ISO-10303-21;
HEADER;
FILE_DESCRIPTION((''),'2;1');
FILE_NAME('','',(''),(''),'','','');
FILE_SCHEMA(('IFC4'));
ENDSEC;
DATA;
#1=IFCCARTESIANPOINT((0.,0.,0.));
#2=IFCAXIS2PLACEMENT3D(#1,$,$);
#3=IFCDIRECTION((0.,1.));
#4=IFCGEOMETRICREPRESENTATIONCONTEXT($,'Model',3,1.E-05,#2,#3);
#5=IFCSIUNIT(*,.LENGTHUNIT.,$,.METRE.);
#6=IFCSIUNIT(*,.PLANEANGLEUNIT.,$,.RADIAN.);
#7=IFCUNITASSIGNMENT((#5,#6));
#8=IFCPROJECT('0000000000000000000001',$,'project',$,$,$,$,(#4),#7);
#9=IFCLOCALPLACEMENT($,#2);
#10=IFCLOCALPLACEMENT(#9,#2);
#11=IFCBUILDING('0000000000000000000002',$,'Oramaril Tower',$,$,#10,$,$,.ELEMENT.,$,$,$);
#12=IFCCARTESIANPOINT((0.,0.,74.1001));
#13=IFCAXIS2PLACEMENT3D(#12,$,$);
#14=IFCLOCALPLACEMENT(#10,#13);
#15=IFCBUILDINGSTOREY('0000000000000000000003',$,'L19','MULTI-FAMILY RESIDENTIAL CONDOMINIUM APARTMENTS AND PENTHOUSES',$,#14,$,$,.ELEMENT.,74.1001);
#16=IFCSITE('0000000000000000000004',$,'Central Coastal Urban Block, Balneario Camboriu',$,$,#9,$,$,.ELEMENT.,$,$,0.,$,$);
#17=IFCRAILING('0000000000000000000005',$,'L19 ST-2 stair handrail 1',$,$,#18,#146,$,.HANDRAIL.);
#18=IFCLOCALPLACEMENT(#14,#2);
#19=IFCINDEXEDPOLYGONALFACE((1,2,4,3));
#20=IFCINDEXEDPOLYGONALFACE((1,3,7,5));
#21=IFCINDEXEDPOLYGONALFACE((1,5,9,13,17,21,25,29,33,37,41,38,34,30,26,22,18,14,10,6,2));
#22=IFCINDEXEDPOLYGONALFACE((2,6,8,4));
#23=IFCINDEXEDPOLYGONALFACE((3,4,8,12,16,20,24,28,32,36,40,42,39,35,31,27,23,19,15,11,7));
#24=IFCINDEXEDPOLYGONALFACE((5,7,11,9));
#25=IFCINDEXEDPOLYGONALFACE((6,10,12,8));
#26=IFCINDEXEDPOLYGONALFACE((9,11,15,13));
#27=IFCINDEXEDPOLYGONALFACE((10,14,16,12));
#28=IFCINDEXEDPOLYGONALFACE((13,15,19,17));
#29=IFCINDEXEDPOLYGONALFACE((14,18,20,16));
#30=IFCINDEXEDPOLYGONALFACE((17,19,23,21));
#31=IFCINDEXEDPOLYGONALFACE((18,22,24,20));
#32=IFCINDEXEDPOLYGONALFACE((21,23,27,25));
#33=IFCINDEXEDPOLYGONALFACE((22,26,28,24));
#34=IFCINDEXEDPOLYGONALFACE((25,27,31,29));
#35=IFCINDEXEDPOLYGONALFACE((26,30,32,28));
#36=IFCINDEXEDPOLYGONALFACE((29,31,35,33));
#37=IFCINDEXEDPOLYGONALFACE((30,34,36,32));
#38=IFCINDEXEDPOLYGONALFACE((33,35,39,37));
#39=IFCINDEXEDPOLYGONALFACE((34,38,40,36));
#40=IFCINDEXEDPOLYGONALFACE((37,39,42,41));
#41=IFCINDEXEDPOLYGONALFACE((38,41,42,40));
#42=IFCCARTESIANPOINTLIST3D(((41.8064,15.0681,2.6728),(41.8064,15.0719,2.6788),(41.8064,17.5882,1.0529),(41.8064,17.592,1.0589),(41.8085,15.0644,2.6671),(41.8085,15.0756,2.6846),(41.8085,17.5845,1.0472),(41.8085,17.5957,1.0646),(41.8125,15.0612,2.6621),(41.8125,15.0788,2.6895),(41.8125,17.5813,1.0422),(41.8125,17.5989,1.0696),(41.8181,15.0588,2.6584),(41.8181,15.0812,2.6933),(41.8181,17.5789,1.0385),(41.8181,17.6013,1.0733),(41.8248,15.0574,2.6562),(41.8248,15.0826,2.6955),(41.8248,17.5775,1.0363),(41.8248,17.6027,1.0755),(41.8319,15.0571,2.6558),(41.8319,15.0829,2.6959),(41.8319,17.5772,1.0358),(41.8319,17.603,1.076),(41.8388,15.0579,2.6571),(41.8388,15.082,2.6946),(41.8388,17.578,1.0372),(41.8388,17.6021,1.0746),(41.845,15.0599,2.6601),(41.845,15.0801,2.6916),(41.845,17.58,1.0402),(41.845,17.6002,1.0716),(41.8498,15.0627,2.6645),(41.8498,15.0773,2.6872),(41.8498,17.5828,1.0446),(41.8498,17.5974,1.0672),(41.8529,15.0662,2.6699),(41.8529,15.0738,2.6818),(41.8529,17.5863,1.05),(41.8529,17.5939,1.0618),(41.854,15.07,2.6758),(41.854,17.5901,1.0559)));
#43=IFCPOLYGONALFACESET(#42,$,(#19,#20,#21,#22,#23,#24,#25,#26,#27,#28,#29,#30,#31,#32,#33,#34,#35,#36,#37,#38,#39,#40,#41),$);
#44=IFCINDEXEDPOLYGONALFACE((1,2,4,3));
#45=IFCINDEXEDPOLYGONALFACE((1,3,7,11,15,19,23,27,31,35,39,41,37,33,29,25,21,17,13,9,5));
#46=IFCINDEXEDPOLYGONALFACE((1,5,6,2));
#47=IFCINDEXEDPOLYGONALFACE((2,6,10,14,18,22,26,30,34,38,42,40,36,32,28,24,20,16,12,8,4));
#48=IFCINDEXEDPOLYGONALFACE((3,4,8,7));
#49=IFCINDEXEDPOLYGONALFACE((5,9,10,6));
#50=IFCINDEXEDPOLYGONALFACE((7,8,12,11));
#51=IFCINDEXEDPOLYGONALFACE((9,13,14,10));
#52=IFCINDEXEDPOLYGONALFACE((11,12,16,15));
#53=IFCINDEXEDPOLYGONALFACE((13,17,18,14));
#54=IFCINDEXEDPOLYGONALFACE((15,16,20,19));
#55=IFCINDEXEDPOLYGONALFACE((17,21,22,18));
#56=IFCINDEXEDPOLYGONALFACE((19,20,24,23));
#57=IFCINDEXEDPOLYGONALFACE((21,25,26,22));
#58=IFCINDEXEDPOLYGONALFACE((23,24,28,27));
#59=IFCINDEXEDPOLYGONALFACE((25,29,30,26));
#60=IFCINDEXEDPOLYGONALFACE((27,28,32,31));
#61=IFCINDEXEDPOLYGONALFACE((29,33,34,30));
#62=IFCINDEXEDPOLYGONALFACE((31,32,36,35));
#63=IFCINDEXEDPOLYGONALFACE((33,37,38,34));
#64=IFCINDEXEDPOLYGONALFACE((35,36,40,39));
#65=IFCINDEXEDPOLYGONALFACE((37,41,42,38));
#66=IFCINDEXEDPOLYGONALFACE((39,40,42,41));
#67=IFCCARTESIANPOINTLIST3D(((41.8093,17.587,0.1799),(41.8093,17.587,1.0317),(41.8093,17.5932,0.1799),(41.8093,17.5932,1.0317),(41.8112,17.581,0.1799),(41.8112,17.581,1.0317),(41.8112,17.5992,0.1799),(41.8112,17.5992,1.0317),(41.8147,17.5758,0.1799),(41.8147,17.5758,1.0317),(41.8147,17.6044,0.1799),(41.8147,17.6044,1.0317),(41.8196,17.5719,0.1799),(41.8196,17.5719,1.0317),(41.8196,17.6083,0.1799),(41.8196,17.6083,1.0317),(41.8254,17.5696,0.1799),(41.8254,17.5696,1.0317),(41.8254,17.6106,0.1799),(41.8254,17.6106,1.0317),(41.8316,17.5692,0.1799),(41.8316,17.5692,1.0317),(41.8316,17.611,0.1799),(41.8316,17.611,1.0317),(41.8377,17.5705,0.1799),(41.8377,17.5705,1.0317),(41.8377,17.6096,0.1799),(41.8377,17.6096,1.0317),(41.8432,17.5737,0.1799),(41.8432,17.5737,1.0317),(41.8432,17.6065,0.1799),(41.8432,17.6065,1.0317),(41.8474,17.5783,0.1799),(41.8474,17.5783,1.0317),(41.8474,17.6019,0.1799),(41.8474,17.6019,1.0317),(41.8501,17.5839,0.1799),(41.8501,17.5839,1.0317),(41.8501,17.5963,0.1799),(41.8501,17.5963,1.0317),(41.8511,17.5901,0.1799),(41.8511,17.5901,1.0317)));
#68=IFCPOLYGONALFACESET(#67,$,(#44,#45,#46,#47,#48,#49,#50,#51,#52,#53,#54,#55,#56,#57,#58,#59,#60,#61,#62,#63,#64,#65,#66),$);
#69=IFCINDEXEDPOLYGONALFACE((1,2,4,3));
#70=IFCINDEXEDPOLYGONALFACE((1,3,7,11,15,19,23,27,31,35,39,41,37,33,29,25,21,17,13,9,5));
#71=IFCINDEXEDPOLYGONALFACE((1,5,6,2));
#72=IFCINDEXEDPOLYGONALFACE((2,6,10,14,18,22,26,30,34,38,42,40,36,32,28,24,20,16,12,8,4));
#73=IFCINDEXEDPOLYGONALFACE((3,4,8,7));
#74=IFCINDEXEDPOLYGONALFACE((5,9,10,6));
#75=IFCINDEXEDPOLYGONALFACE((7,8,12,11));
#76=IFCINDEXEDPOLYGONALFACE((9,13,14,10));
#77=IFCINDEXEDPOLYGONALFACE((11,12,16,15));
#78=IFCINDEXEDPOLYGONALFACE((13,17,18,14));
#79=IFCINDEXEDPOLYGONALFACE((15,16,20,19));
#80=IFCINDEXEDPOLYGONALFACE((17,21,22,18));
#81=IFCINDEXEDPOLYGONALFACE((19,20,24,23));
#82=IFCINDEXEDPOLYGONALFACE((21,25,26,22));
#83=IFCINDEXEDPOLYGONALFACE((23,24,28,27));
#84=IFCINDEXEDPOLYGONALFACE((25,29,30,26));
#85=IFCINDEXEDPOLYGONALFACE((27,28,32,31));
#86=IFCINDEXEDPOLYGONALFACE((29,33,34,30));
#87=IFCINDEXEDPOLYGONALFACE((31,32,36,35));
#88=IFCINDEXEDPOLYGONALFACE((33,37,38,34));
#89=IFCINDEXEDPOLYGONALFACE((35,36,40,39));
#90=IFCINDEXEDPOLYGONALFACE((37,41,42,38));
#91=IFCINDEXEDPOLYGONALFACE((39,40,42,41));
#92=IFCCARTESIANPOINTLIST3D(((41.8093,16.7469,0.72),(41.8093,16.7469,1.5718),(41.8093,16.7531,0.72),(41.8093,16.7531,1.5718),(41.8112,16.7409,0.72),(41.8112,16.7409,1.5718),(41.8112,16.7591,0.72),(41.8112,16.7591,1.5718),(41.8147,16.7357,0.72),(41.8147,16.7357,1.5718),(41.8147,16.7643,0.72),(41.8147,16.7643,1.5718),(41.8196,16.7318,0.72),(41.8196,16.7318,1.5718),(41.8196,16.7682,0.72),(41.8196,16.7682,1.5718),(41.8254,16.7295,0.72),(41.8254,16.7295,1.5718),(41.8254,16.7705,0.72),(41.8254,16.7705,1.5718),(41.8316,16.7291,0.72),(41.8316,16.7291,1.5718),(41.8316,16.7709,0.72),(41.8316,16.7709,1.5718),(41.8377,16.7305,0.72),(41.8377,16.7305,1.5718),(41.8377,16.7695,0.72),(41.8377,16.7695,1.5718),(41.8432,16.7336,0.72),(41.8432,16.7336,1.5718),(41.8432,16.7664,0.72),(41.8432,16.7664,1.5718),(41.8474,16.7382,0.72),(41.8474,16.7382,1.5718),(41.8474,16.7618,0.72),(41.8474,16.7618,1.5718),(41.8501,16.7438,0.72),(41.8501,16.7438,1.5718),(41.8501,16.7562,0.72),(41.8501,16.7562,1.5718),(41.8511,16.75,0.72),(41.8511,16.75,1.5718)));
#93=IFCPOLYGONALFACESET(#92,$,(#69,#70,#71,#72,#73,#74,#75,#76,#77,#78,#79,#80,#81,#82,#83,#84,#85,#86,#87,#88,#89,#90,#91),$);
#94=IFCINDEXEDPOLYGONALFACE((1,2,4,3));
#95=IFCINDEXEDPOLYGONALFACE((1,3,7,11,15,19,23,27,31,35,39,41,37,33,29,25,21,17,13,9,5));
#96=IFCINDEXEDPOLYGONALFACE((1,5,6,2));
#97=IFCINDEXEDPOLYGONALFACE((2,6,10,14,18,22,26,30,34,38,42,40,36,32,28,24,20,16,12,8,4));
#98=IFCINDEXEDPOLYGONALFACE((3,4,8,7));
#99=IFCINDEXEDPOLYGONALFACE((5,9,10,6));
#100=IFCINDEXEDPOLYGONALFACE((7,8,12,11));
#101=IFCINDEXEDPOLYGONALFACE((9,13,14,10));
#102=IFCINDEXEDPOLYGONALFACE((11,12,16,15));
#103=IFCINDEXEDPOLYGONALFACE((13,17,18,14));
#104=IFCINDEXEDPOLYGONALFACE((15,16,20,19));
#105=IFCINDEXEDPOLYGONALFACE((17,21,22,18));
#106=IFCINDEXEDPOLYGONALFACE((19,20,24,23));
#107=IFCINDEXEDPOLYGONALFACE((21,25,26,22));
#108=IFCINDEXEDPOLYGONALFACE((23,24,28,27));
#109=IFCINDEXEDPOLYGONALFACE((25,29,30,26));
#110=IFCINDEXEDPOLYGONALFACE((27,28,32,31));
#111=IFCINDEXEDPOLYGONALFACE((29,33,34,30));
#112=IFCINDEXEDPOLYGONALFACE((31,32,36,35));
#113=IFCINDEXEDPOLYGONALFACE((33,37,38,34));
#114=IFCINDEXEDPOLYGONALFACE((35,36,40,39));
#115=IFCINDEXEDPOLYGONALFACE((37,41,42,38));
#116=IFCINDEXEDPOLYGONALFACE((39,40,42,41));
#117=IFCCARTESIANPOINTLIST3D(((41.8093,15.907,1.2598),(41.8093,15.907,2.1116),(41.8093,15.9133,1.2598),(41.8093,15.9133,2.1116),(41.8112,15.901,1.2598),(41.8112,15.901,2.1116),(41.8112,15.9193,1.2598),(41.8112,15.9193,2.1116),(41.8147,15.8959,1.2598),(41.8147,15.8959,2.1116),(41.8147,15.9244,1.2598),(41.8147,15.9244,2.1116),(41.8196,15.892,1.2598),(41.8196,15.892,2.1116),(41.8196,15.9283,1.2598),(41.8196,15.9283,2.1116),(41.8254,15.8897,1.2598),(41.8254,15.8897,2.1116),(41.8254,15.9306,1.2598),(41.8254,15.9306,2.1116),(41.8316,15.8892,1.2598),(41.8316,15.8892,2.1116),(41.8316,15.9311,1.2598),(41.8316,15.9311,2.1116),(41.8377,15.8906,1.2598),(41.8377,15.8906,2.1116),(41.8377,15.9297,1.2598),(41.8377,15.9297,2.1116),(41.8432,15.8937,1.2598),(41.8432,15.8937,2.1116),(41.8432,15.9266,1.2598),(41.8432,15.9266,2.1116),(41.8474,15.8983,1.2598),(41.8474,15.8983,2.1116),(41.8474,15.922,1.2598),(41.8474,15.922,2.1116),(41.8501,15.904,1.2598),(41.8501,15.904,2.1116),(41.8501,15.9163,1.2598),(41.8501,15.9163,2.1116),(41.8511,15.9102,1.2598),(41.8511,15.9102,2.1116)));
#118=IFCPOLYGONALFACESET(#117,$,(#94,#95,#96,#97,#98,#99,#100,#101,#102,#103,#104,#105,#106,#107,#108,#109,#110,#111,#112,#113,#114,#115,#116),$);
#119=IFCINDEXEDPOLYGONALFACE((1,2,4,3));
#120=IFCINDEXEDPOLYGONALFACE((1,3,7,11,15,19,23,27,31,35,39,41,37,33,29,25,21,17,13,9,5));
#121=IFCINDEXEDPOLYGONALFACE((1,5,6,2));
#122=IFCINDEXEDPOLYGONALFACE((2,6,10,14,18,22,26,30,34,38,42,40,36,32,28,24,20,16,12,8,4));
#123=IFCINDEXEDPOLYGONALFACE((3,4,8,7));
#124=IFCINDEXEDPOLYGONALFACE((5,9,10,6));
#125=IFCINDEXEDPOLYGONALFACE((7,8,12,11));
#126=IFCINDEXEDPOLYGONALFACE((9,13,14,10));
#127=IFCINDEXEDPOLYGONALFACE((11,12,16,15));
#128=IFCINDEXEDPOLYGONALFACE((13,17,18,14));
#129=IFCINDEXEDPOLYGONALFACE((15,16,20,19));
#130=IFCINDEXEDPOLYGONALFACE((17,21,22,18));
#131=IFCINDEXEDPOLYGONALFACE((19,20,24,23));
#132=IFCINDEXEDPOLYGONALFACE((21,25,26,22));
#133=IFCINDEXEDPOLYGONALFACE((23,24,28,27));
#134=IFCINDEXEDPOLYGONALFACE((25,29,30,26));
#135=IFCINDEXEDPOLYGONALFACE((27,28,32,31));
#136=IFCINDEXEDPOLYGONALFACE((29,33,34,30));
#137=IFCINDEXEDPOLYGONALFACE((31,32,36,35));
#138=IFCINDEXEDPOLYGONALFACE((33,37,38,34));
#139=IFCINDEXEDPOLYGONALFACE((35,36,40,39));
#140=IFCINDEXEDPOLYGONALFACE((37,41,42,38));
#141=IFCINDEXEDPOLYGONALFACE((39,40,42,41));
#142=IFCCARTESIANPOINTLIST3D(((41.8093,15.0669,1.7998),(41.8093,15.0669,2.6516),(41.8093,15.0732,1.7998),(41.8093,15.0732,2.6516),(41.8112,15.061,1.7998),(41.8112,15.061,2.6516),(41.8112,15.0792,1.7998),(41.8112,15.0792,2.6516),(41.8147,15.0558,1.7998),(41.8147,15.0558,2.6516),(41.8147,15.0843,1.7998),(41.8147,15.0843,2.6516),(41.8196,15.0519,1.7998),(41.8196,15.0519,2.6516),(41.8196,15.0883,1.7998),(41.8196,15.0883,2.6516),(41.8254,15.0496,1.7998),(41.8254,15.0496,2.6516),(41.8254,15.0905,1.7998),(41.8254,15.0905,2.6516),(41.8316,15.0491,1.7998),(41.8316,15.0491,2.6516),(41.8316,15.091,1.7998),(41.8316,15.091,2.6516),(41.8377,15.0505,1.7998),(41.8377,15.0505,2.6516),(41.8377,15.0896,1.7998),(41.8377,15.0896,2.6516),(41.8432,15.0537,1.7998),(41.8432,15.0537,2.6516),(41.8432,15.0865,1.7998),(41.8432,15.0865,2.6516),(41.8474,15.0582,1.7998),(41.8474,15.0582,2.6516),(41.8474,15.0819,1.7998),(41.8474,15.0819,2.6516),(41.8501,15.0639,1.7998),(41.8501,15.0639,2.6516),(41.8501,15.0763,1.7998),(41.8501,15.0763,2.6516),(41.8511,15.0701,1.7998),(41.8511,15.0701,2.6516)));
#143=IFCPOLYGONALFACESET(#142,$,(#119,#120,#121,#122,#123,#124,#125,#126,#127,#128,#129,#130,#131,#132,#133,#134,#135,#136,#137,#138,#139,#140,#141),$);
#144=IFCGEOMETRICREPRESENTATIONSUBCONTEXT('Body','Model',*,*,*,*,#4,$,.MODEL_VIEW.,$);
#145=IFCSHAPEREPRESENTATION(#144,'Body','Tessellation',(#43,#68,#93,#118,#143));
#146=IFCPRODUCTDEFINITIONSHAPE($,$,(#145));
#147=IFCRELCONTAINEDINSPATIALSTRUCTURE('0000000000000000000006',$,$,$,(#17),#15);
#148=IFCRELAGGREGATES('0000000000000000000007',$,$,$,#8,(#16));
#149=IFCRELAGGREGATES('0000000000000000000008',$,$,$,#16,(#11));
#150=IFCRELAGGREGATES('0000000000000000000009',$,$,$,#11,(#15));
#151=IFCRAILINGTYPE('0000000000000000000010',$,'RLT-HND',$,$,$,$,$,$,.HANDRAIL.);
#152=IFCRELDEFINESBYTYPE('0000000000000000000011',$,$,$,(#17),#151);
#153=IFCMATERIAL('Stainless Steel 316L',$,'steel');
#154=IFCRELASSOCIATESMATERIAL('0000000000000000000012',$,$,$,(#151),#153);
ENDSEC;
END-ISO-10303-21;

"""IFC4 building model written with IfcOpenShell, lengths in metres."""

from ifc_helpers import new_model, si_unit, direction, frame, origin, origin_2d, place, context, subcontext, project, spatial, circle, extrude, material, type_object, element, save


model = new_model("IFC4")

# Units and contexts
model_context = context("Model", 3, precision=1e-05, world=origin(), true_north=direction((0.0, 1.0)))
body_context = subcontext(model_context, "Body", "Model", "MODEL_VIEW")
ifc_project = project(units=[si_unit("LENGTHUNIT", "METRE"), si_unit("PLANEANGLEUNIT", "RADIAN")], contexts=[model_context])

# Site, building, storey
site_placement = place(None, origin())
site = spatial("IfcSite", under=ifc_project, at=site_placement, Name="Central Coastal Urban Block, Balneario Camboriu", CompositionType="ELEMENT", RefElevation=0.0)
building_placement = place(site_placement, origin())
building = spatial("IfcBuilding", under=site, at=building_placement, Name="Oramaril Tower", CompositionType="ELEMENT")
storey_placement = place(building_placement, frame((0.0, 0.0, 74.1001)))
storey = spatial("IfcBuildingStorey", under=building, at=storey_placement, Name="L19", Description="MULTI-FAMILY RESIDENTIAL CONDOMINIUM APARTMENTS AND PENTHOUSES", CompositionType="ELEMENT", Elevation=74.1001)

# Railing
ifc_material_1 = material(Name="Stainless Steel 316L", Category="steel")
railing_type_1 = type_object("IfcRailingType", Name="RLT-HND", PredefinedType="HANDRAIL", material=ifc_material_1)
railing_1_placement = place(storey_placement, frame((41.8301, 17.5901, 0.1799)))
element("IfcRailing", 1, at=railing_1_placement, inside=storey, type_object=railing_type_1, Name="L19 ST-2 stair handrail 1", PredefinedType="HANDRAIL", context=body_context, shape_type="SweptSolid", body=[
    extrude(circle(Radius=0.0239, at=origin_2d()), frame((0.0, 0.0, 0.876), z_axis=(0.0, -0.8412, 0.540725), x_axis=(1.0, 0.0, 0.0)), (0.0, 0.0, 1.0), 2.9958),
    extrude(circle(Radius=0.021, at=origin_2d()), origin(), (0.0, 0.0, 1.0), 0.8518),
    extrude(circle(Radius=0.021, at=origin_2d()), frame((0.0, -0.8401, 0.54)), (0.0, 0.0, 1.0), 0.8518),
    extrude(circle(Radius=0.021, at=origin_2d()), frame((0.0, -1.6799, 1.0798)), (0.0, 0.0, 1.0), 0.8518),
    extrude(circle(Radius=0.021, at=origin_2d()), frame((0.0, -2.52, 1.6199)), (0.0, 0.0, 1.0), 0.8518),
])

save(model, "model.ifc")
